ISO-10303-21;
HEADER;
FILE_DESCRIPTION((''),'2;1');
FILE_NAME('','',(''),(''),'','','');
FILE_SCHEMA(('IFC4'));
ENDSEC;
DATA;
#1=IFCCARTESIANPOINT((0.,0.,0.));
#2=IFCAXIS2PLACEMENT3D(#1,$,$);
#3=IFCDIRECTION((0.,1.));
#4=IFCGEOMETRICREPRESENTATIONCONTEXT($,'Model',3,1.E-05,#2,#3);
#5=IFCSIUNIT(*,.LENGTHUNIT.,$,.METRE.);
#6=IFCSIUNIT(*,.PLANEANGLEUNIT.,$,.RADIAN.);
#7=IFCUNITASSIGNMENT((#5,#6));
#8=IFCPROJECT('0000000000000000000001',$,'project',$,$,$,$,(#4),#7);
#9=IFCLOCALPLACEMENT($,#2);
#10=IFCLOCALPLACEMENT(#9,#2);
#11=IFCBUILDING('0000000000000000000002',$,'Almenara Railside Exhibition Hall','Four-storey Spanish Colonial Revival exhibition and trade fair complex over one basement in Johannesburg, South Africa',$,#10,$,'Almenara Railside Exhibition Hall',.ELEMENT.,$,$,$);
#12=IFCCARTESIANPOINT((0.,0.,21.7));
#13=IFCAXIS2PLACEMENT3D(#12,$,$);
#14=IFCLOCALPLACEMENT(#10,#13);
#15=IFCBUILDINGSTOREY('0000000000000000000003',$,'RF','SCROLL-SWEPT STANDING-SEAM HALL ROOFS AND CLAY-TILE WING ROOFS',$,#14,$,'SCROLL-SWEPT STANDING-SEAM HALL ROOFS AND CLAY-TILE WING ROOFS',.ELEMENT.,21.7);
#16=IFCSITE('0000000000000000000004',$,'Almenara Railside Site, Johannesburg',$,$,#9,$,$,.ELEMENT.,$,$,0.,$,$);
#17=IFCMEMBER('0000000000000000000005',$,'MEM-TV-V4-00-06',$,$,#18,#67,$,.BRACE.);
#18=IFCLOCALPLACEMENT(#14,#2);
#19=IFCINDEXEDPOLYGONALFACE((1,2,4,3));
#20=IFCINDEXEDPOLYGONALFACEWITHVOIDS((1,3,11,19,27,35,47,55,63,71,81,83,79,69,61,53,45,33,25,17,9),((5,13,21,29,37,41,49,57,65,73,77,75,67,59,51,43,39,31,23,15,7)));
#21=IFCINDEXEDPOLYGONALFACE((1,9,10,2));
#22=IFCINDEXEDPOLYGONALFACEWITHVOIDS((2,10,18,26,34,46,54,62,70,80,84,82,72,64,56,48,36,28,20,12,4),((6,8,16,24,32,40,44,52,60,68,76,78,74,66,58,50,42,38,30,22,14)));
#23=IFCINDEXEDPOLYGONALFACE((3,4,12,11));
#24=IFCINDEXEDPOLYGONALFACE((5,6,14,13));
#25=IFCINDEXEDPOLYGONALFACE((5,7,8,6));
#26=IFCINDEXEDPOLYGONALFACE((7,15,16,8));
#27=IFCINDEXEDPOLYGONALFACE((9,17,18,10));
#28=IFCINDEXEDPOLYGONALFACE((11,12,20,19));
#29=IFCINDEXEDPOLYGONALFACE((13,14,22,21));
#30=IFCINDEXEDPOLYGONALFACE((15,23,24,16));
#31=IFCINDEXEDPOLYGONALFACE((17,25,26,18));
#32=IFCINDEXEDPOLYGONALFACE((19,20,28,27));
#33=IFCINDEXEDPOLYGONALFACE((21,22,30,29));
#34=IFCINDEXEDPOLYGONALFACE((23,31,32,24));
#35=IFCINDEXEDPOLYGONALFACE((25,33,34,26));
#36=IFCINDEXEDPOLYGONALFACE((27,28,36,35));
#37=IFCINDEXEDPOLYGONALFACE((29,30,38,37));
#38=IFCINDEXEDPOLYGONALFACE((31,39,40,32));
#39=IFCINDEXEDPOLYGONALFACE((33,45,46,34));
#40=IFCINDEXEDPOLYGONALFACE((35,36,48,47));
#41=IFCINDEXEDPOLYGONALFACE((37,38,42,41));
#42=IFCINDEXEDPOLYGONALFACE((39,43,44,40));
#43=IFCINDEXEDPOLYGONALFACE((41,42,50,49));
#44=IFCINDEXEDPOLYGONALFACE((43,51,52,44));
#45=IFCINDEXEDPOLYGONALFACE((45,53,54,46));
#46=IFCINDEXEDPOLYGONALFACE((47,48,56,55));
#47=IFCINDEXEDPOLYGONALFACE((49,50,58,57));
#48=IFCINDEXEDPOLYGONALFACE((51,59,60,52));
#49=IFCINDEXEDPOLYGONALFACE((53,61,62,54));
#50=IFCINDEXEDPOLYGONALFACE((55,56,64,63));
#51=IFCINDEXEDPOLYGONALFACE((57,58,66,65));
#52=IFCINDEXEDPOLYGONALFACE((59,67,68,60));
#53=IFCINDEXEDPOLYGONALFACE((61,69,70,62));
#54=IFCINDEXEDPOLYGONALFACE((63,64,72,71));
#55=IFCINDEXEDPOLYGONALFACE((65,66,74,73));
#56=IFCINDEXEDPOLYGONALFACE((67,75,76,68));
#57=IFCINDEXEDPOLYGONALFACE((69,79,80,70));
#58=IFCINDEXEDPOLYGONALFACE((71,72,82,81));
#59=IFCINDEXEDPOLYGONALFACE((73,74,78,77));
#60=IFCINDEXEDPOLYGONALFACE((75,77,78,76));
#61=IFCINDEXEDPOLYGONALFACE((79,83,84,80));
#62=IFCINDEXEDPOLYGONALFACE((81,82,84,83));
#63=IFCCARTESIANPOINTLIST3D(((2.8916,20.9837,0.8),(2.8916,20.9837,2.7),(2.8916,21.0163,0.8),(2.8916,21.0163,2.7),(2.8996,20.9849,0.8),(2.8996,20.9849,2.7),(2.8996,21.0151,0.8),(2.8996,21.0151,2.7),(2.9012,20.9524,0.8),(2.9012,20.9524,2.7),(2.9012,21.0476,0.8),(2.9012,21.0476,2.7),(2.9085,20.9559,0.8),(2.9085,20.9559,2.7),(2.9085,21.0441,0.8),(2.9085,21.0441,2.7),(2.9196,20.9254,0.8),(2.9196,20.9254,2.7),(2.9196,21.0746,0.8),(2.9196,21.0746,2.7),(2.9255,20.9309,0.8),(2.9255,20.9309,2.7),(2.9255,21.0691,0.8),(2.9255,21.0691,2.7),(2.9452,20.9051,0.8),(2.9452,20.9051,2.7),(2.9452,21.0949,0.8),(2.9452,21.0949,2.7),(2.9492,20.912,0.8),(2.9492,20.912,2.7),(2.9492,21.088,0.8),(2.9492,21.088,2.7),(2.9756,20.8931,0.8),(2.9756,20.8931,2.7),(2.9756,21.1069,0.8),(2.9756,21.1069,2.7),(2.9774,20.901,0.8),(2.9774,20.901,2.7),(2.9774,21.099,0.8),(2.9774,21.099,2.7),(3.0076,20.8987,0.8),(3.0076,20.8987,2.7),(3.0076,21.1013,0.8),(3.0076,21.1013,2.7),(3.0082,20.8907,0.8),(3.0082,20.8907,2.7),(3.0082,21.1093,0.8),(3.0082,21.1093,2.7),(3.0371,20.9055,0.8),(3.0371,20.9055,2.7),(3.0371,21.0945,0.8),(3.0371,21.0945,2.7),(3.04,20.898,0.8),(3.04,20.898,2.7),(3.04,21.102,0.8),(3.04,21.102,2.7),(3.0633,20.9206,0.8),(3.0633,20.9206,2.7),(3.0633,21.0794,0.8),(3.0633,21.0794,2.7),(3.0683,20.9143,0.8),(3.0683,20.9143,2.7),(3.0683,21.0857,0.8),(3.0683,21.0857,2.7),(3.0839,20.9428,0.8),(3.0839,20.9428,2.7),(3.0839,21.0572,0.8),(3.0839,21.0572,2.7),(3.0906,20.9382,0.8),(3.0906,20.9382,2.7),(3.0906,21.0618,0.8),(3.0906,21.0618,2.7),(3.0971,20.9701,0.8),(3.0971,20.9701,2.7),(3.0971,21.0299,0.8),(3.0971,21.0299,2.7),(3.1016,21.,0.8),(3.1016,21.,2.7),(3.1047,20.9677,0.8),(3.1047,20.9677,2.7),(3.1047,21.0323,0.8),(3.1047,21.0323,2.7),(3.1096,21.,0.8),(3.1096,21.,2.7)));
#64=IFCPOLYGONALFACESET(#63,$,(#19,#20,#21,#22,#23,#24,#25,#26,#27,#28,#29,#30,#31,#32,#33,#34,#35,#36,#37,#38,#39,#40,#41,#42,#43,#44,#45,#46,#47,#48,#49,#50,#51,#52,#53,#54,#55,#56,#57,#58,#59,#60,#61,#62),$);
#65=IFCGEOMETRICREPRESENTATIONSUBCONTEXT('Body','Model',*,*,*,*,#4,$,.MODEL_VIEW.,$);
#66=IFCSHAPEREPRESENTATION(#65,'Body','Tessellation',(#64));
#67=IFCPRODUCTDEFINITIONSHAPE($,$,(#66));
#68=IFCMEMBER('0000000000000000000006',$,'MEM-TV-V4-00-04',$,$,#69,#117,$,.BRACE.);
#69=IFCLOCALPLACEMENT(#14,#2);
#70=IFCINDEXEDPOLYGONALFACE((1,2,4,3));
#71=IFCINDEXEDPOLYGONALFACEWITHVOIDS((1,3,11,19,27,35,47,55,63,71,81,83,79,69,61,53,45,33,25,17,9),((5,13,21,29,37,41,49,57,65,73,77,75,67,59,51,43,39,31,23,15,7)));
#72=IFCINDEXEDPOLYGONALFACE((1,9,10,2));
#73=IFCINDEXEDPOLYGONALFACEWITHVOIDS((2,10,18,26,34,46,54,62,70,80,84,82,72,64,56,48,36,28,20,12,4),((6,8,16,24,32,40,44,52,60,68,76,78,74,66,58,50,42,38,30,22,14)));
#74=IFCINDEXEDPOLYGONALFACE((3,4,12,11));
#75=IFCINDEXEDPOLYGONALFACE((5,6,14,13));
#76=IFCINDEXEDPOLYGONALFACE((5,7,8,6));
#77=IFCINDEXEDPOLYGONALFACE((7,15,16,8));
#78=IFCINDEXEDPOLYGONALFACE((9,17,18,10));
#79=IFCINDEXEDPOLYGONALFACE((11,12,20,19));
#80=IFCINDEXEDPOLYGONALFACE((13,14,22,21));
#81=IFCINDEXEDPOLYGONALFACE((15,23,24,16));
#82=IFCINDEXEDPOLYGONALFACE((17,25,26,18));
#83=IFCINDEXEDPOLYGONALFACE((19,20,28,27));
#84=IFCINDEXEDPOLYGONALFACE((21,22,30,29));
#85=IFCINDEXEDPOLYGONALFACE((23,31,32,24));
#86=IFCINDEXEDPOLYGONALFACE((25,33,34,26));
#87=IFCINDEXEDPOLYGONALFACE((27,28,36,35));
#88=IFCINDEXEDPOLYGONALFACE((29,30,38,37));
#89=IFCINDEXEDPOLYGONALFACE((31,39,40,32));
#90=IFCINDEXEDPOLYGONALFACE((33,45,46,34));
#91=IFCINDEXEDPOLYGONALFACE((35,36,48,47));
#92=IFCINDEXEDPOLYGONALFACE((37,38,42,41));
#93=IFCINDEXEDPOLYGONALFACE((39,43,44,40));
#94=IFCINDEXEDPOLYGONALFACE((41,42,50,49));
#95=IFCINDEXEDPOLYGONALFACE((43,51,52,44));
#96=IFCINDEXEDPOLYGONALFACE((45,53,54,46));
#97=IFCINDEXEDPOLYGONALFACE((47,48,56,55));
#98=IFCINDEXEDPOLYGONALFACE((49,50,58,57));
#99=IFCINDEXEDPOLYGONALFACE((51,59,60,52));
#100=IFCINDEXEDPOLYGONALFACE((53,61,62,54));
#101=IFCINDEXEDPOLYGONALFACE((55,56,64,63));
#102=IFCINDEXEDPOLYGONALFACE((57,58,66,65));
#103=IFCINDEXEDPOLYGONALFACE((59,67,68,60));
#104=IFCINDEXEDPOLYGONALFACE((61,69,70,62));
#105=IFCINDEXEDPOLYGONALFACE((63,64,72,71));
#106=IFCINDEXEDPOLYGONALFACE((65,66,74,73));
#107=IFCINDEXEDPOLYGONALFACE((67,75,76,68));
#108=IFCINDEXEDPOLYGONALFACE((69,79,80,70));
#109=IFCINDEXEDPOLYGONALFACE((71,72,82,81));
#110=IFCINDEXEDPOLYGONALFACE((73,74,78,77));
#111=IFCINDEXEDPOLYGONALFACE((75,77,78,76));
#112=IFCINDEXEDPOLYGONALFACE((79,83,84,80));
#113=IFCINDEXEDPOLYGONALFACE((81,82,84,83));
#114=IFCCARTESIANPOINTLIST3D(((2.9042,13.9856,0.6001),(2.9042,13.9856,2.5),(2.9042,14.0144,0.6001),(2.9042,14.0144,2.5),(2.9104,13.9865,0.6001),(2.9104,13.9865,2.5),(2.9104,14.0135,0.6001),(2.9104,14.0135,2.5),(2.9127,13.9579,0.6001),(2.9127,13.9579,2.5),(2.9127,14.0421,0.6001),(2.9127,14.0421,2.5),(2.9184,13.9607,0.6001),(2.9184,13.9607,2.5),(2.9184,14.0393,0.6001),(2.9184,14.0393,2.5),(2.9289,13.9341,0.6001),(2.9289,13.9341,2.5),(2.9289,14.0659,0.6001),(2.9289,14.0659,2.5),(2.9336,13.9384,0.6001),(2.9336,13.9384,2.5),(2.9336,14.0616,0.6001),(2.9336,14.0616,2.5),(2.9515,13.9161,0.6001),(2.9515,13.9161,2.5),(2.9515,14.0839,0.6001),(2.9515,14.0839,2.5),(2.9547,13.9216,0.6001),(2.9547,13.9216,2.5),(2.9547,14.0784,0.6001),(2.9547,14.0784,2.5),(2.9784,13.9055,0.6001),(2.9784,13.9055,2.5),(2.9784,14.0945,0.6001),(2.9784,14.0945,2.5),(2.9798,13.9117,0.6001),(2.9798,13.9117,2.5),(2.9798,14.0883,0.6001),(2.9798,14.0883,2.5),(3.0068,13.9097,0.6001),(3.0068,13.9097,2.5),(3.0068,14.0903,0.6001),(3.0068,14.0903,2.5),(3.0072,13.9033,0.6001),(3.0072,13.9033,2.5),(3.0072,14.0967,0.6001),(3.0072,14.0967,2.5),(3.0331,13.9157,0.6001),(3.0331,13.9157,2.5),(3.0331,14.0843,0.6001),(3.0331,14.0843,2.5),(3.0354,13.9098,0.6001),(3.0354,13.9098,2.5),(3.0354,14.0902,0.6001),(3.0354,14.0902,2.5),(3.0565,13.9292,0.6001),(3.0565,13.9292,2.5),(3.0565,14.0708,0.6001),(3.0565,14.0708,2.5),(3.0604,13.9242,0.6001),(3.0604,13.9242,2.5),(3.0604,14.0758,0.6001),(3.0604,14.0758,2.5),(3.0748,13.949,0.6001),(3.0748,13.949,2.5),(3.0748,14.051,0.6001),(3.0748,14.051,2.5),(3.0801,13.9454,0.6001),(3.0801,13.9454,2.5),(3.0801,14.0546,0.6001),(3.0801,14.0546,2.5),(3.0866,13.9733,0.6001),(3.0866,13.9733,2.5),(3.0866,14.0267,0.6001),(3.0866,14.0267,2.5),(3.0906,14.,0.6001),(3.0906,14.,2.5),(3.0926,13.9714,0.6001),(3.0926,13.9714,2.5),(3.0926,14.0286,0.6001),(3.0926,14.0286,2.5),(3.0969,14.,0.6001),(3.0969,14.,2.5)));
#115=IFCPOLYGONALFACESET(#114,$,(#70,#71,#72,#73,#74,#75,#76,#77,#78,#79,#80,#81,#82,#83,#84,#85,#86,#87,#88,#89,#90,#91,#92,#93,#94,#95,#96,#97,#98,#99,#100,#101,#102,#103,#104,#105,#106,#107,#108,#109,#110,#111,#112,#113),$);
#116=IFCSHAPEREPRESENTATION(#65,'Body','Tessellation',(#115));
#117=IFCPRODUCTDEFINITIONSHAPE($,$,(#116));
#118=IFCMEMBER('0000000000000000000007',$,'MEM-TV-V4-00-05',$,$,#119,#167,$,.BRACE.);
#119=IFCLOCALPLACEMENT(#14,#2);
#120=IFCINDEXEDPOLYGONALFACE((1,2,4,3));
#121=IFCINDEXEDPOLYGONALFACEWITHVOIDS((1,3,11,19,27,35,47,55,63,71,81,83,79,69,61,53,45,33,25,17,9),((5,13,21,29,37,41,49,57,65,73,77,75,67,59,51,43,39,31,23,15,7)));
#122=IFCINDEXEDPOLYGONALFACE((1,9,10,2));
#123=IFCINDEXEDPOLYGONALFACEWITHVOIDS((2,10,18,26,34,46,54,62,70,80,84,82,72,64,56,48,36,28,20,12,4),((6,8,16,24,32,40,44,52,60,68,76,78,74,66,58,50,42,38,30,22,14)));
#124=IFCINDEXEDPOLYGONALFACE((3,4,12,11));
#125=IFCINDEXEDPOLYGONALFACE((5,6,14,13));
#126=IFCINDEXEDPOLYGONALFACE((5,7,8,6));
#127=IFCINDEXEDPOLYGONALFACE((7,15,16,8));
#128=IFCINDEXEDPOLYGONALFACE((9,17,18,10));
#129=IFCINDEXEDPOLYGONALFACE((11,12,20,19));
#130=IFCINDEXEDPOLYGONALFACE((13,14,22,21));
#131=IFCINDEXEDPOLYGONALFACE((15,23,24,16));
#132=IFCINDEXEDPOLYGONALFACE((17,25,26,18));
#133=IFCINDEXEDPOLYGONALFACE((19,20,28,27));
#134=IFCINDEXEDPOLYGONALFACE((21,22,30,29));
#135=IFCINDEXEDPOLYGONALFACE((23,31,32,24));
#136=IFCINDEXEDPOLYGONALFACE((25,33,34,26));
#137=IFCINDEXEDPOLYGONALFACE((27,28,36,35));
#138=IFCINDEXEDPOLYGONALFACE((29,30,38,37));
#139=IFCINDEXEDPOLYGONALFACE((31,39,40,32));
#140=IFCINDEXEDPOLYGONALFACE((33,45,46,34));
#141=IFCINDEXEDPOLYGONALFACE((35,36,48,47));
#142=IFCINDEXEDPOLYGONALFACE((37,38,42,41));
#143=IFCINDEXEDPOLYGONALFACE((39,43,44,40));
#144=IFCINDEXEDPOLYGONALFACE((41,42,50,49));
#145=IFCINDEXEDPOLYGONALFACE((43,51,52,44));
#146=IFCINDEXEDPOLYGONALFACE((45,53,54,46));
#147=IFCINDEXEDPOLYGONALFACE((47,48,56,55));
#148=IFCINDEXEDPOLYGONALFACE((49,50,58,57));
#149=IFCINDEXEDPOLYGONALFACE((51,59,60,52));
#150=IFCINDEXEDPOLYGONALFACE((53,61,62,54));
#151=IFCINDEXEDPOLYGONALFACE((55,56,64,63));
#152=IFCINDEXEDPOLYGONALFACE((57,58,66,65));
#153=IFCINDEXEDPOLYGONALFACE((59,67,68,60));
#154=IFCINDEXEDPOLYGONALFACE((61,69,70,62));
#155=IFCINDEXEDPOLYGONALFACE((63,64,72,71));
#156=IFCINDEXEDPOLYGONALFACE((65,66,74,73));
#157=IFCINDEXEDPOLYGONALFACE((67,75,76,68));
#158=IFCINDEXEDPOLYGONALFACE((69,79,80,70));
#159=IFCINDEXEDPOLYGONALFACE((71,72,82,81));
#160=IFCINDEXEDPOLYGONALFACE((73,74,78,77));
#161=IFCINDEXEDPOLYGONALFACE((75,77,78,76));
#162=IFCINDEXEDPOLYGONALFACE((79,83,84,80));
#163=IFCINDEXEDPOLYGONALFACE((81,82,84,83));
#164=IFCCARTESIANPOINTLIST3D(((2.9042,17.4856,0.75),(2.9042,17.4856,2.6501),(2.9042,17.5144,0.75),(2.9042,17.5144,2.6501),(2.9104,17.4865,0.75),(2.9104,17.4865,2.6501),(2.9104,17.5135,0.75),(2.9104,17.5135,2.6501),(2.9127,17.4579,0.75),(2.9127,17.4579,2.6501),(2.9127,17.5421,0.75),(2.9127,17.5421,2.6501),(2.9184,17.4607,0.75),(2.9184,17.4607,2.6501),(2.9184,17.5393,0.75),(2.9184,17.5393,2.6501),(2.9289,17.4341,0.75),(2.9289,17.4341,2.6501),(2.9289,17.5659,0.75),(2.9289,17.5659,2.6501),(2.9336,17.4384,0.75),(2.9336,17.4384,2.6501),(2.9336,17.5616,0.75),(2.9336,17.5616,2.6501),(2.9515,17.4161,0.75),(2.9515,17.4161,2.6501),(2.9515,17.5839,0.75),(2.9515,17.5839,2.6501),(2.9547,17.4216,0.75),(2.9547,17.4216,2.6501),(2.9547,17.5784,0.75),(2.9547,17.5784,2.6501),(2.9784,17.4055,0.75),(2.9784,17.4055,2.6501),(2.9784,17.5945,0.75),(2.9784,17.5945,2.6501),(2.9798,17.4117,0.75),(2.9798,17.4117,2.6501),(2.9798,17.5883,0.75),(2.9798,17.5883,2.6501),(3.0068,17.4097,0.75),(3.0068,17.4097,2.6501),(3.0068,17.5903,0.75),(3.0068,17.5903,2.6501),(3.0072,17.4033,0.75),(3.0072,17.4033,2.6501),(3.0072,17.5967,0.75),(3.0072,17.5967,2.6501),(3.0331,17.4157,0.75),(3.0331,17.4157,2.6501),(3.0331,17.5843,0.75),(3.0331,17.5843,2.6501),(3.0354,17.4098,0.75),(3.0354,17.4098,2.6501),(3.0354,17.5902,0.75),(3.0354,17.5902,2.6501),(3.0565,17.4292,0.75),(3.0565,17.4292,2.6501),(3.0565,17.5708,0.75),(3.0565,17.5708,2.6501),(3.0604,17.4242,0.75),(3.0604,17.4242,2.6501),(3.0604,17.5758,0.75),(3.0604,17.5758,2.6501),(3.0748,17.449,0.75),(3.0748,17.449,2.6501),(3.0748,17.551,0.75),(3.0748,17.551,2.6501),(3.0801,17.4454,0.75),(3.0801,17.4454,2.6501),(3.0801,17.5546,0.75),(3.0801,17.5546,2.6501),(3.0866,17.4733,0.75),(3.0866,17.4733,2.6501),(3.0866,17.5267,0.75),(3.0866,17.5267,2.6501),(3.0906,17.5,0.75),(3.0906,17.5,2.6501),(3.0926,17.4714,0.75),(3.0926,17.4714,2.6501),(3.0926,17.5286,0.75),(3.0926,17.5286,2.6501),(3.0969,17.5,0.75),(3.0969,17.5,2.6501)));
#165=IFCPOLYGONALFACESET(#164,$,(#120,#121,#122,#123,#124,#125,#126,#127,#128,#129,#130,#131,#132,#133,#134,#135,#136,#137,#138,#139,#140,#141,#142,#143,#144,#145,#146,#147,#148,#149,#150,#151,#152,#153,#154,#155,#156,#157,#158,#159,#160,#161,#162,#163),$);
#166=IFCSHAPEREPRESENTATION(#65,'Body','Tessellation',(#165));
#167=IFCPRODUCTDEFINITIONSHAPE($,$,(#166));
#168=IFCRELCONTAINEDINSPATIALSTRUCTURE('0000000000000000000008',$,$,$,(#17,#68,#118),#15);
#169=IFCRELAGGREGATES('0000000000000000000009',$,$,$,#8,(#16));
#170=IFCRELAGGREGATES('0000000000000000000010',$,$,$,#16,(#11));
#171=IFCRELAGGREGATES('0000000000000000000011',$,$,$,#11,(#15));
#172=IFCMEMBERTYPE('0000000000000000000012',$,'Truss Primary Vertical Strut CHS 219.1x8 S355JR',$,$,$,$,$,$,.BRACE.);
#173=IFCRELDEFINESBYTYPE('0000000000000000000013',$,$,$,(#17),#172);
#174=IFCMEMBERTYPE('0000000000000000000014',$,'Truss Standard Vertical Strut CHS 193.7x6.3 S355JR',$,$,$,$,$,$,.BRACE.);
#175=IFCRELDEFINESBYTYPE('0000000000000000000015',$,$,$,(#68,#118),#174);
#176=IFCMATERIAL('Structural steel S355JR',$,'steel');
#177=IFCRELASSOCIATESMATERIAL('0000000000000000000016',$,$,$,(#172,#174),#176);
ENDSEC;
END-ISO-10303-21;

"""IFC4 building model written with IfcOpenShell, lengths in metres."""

from ifc_helpers import new_model, si_unit, direction, frame, origin, origin_2d, place, context, subcontext, project, spatial, hollow_circle, extrude, material, material_profile, profile_set, type_object, element, save


model = new_model("IFC4")

# Units and contexts
model_context = context("Model", 3, precision=1e-05, world=origin(), true_north=direction((0.0, 1.0)))
body_context = subcontext(model_context, "Body", "Model", "MODEL_VIEW")
ifc_project = project(units=[si_unit("LENGTHUNIT", "METRE"), si_unit("PLANEANGLEUNIT", "RADIAN")], contexts=[model_context])

# Site, building, storey
site_placement = place(None, origin())
site = spatial("IfcSite", under=ifc_project, at=site_placement, Name="Almenara Railside Site, Johannesburg", CompositionType="ELEMENT", RefElevation=0.0)
building_placement = place(site_placement, origin())
building = spatial("IfcBuilding", under=site, at=building_placement, Name="Almenara Railside Exhibition Hall", Description="Four-storey Spanish Colonial Revival exhibition and trade fair complex over one basement in Johannesburg, South Africa", LongName="Almenara Railside Exhibition Hall", CompositionType="ELEMENT")
storey_placement = place(building_placement, frame((0.0, 0.0, 21.7)))
storey = spatial("IfcBuildingStorey", under=building, at=storey_placement, Name="RF", Description="SCROLL-SWEPT STANDING-SEAM HALL ROOFS AND CLAY-TILE WING ROOFS", LongName="SCROLL-SWEPT STANDING-SEAM HALL ROOFS AND CLAY-TILE WING ROOFS", CompositionType="ELEMENT", Elevation=21.7)

# Members
ifc_material_1 = material(Name="Structural steel S355JR", Category="steel")
ifc_material_profile_1 = material_profile(ifc_material_1, hollow_circle(Radius=0.1096, WallThickness=0.0081, at=origin_2d()), Name="CHS 219.1x8")
ifc_profile_set_1 = profile_set([ifc_material_profile_1], Name="Structural steel S355JR")
member_type_1 = type_object("IfcMemberType", Name="Truss Primary Vertical Strut CHS 219.1x8 S355JR", PredefinedType="BRACE", material=ifc_profile_set_1)
member_1_placement = place(storey_placement, frame((3.0, 21.0, 0.8), z_axis=(0.0, 0.0, 1.0), x_axis=(1.0, 0.0, 0.0)))
element("IfcMember", 1, at=member_1_placement, inside=storey, type_object=member_type_1, Name="MEM-TV-V4-00-06", PredefinedType="BRACE", context=body_context, shape_type="SweptSolid", body=[
    extrude(hollow_circle(Radius=0.1096, WallThickness=0.0081, at=origin_2d()), origin(), (0.0, 0.0, 1.0), 1.8999),
])
ifc_material_profile_2 = material_profile(ifc_material_1, hollow_circle(Radius=0.0969, WallThickness=0.0063, at=origin_2d()), Name="CHS 193.7x6.3")
ifc_profile_set_2 = profile_set([ifc_material_profile_2], Name="Structural steel S355JR")
member_type_2 = type_object("IfcMemberType", Name="Truss Standard Vertical Strut CHS 193.7x6.3 S355JR", PredefinedType="BRACE", material=ifc_profile_set_2)
member_2_placement = place(storey_placement, frame((3.0, 14.0, 0.6001), z_axis=(0.0, 0.0, 1.0), x_axis=(1.0, 0.0, 0.0)))
element("IfcMember", 2, at=member_2_placement, inside=storey, type_object=member_type_2, Name="MEM-TV-V4-00-04", PredefinedType="BRACE", context=body_context, shape_type="SweptSolid", body=[
    extrude(hollow_circle(Radius=0.0969, WallThickness=0.0063, at=origin_2d()), origin(), (0.0, 0.0, 1.0), 1.8999),
])
member_3_placement = place(storey_placement, frame((3.0, 17.5, 0.75), z_axis=(0.0, 0.0, 1.0), x_axis=(1.0, 0.0, 0.0)))
element("IfcMember", 3, at=member_3_placement, inside=storey, type_object=member_type_2, Name="MEM-TV-V4-00-05", PredefinedType="BRACE", context=body_context, shape_type="SweptSolid", body=[
    extrude(hollow_circle(Radius=0.0969, WallThickness=0.0063, at=origin_2d()), origin(), (0.0, 0.0, 1.0), 1.9001),
])

save(model, "model.ifc")
